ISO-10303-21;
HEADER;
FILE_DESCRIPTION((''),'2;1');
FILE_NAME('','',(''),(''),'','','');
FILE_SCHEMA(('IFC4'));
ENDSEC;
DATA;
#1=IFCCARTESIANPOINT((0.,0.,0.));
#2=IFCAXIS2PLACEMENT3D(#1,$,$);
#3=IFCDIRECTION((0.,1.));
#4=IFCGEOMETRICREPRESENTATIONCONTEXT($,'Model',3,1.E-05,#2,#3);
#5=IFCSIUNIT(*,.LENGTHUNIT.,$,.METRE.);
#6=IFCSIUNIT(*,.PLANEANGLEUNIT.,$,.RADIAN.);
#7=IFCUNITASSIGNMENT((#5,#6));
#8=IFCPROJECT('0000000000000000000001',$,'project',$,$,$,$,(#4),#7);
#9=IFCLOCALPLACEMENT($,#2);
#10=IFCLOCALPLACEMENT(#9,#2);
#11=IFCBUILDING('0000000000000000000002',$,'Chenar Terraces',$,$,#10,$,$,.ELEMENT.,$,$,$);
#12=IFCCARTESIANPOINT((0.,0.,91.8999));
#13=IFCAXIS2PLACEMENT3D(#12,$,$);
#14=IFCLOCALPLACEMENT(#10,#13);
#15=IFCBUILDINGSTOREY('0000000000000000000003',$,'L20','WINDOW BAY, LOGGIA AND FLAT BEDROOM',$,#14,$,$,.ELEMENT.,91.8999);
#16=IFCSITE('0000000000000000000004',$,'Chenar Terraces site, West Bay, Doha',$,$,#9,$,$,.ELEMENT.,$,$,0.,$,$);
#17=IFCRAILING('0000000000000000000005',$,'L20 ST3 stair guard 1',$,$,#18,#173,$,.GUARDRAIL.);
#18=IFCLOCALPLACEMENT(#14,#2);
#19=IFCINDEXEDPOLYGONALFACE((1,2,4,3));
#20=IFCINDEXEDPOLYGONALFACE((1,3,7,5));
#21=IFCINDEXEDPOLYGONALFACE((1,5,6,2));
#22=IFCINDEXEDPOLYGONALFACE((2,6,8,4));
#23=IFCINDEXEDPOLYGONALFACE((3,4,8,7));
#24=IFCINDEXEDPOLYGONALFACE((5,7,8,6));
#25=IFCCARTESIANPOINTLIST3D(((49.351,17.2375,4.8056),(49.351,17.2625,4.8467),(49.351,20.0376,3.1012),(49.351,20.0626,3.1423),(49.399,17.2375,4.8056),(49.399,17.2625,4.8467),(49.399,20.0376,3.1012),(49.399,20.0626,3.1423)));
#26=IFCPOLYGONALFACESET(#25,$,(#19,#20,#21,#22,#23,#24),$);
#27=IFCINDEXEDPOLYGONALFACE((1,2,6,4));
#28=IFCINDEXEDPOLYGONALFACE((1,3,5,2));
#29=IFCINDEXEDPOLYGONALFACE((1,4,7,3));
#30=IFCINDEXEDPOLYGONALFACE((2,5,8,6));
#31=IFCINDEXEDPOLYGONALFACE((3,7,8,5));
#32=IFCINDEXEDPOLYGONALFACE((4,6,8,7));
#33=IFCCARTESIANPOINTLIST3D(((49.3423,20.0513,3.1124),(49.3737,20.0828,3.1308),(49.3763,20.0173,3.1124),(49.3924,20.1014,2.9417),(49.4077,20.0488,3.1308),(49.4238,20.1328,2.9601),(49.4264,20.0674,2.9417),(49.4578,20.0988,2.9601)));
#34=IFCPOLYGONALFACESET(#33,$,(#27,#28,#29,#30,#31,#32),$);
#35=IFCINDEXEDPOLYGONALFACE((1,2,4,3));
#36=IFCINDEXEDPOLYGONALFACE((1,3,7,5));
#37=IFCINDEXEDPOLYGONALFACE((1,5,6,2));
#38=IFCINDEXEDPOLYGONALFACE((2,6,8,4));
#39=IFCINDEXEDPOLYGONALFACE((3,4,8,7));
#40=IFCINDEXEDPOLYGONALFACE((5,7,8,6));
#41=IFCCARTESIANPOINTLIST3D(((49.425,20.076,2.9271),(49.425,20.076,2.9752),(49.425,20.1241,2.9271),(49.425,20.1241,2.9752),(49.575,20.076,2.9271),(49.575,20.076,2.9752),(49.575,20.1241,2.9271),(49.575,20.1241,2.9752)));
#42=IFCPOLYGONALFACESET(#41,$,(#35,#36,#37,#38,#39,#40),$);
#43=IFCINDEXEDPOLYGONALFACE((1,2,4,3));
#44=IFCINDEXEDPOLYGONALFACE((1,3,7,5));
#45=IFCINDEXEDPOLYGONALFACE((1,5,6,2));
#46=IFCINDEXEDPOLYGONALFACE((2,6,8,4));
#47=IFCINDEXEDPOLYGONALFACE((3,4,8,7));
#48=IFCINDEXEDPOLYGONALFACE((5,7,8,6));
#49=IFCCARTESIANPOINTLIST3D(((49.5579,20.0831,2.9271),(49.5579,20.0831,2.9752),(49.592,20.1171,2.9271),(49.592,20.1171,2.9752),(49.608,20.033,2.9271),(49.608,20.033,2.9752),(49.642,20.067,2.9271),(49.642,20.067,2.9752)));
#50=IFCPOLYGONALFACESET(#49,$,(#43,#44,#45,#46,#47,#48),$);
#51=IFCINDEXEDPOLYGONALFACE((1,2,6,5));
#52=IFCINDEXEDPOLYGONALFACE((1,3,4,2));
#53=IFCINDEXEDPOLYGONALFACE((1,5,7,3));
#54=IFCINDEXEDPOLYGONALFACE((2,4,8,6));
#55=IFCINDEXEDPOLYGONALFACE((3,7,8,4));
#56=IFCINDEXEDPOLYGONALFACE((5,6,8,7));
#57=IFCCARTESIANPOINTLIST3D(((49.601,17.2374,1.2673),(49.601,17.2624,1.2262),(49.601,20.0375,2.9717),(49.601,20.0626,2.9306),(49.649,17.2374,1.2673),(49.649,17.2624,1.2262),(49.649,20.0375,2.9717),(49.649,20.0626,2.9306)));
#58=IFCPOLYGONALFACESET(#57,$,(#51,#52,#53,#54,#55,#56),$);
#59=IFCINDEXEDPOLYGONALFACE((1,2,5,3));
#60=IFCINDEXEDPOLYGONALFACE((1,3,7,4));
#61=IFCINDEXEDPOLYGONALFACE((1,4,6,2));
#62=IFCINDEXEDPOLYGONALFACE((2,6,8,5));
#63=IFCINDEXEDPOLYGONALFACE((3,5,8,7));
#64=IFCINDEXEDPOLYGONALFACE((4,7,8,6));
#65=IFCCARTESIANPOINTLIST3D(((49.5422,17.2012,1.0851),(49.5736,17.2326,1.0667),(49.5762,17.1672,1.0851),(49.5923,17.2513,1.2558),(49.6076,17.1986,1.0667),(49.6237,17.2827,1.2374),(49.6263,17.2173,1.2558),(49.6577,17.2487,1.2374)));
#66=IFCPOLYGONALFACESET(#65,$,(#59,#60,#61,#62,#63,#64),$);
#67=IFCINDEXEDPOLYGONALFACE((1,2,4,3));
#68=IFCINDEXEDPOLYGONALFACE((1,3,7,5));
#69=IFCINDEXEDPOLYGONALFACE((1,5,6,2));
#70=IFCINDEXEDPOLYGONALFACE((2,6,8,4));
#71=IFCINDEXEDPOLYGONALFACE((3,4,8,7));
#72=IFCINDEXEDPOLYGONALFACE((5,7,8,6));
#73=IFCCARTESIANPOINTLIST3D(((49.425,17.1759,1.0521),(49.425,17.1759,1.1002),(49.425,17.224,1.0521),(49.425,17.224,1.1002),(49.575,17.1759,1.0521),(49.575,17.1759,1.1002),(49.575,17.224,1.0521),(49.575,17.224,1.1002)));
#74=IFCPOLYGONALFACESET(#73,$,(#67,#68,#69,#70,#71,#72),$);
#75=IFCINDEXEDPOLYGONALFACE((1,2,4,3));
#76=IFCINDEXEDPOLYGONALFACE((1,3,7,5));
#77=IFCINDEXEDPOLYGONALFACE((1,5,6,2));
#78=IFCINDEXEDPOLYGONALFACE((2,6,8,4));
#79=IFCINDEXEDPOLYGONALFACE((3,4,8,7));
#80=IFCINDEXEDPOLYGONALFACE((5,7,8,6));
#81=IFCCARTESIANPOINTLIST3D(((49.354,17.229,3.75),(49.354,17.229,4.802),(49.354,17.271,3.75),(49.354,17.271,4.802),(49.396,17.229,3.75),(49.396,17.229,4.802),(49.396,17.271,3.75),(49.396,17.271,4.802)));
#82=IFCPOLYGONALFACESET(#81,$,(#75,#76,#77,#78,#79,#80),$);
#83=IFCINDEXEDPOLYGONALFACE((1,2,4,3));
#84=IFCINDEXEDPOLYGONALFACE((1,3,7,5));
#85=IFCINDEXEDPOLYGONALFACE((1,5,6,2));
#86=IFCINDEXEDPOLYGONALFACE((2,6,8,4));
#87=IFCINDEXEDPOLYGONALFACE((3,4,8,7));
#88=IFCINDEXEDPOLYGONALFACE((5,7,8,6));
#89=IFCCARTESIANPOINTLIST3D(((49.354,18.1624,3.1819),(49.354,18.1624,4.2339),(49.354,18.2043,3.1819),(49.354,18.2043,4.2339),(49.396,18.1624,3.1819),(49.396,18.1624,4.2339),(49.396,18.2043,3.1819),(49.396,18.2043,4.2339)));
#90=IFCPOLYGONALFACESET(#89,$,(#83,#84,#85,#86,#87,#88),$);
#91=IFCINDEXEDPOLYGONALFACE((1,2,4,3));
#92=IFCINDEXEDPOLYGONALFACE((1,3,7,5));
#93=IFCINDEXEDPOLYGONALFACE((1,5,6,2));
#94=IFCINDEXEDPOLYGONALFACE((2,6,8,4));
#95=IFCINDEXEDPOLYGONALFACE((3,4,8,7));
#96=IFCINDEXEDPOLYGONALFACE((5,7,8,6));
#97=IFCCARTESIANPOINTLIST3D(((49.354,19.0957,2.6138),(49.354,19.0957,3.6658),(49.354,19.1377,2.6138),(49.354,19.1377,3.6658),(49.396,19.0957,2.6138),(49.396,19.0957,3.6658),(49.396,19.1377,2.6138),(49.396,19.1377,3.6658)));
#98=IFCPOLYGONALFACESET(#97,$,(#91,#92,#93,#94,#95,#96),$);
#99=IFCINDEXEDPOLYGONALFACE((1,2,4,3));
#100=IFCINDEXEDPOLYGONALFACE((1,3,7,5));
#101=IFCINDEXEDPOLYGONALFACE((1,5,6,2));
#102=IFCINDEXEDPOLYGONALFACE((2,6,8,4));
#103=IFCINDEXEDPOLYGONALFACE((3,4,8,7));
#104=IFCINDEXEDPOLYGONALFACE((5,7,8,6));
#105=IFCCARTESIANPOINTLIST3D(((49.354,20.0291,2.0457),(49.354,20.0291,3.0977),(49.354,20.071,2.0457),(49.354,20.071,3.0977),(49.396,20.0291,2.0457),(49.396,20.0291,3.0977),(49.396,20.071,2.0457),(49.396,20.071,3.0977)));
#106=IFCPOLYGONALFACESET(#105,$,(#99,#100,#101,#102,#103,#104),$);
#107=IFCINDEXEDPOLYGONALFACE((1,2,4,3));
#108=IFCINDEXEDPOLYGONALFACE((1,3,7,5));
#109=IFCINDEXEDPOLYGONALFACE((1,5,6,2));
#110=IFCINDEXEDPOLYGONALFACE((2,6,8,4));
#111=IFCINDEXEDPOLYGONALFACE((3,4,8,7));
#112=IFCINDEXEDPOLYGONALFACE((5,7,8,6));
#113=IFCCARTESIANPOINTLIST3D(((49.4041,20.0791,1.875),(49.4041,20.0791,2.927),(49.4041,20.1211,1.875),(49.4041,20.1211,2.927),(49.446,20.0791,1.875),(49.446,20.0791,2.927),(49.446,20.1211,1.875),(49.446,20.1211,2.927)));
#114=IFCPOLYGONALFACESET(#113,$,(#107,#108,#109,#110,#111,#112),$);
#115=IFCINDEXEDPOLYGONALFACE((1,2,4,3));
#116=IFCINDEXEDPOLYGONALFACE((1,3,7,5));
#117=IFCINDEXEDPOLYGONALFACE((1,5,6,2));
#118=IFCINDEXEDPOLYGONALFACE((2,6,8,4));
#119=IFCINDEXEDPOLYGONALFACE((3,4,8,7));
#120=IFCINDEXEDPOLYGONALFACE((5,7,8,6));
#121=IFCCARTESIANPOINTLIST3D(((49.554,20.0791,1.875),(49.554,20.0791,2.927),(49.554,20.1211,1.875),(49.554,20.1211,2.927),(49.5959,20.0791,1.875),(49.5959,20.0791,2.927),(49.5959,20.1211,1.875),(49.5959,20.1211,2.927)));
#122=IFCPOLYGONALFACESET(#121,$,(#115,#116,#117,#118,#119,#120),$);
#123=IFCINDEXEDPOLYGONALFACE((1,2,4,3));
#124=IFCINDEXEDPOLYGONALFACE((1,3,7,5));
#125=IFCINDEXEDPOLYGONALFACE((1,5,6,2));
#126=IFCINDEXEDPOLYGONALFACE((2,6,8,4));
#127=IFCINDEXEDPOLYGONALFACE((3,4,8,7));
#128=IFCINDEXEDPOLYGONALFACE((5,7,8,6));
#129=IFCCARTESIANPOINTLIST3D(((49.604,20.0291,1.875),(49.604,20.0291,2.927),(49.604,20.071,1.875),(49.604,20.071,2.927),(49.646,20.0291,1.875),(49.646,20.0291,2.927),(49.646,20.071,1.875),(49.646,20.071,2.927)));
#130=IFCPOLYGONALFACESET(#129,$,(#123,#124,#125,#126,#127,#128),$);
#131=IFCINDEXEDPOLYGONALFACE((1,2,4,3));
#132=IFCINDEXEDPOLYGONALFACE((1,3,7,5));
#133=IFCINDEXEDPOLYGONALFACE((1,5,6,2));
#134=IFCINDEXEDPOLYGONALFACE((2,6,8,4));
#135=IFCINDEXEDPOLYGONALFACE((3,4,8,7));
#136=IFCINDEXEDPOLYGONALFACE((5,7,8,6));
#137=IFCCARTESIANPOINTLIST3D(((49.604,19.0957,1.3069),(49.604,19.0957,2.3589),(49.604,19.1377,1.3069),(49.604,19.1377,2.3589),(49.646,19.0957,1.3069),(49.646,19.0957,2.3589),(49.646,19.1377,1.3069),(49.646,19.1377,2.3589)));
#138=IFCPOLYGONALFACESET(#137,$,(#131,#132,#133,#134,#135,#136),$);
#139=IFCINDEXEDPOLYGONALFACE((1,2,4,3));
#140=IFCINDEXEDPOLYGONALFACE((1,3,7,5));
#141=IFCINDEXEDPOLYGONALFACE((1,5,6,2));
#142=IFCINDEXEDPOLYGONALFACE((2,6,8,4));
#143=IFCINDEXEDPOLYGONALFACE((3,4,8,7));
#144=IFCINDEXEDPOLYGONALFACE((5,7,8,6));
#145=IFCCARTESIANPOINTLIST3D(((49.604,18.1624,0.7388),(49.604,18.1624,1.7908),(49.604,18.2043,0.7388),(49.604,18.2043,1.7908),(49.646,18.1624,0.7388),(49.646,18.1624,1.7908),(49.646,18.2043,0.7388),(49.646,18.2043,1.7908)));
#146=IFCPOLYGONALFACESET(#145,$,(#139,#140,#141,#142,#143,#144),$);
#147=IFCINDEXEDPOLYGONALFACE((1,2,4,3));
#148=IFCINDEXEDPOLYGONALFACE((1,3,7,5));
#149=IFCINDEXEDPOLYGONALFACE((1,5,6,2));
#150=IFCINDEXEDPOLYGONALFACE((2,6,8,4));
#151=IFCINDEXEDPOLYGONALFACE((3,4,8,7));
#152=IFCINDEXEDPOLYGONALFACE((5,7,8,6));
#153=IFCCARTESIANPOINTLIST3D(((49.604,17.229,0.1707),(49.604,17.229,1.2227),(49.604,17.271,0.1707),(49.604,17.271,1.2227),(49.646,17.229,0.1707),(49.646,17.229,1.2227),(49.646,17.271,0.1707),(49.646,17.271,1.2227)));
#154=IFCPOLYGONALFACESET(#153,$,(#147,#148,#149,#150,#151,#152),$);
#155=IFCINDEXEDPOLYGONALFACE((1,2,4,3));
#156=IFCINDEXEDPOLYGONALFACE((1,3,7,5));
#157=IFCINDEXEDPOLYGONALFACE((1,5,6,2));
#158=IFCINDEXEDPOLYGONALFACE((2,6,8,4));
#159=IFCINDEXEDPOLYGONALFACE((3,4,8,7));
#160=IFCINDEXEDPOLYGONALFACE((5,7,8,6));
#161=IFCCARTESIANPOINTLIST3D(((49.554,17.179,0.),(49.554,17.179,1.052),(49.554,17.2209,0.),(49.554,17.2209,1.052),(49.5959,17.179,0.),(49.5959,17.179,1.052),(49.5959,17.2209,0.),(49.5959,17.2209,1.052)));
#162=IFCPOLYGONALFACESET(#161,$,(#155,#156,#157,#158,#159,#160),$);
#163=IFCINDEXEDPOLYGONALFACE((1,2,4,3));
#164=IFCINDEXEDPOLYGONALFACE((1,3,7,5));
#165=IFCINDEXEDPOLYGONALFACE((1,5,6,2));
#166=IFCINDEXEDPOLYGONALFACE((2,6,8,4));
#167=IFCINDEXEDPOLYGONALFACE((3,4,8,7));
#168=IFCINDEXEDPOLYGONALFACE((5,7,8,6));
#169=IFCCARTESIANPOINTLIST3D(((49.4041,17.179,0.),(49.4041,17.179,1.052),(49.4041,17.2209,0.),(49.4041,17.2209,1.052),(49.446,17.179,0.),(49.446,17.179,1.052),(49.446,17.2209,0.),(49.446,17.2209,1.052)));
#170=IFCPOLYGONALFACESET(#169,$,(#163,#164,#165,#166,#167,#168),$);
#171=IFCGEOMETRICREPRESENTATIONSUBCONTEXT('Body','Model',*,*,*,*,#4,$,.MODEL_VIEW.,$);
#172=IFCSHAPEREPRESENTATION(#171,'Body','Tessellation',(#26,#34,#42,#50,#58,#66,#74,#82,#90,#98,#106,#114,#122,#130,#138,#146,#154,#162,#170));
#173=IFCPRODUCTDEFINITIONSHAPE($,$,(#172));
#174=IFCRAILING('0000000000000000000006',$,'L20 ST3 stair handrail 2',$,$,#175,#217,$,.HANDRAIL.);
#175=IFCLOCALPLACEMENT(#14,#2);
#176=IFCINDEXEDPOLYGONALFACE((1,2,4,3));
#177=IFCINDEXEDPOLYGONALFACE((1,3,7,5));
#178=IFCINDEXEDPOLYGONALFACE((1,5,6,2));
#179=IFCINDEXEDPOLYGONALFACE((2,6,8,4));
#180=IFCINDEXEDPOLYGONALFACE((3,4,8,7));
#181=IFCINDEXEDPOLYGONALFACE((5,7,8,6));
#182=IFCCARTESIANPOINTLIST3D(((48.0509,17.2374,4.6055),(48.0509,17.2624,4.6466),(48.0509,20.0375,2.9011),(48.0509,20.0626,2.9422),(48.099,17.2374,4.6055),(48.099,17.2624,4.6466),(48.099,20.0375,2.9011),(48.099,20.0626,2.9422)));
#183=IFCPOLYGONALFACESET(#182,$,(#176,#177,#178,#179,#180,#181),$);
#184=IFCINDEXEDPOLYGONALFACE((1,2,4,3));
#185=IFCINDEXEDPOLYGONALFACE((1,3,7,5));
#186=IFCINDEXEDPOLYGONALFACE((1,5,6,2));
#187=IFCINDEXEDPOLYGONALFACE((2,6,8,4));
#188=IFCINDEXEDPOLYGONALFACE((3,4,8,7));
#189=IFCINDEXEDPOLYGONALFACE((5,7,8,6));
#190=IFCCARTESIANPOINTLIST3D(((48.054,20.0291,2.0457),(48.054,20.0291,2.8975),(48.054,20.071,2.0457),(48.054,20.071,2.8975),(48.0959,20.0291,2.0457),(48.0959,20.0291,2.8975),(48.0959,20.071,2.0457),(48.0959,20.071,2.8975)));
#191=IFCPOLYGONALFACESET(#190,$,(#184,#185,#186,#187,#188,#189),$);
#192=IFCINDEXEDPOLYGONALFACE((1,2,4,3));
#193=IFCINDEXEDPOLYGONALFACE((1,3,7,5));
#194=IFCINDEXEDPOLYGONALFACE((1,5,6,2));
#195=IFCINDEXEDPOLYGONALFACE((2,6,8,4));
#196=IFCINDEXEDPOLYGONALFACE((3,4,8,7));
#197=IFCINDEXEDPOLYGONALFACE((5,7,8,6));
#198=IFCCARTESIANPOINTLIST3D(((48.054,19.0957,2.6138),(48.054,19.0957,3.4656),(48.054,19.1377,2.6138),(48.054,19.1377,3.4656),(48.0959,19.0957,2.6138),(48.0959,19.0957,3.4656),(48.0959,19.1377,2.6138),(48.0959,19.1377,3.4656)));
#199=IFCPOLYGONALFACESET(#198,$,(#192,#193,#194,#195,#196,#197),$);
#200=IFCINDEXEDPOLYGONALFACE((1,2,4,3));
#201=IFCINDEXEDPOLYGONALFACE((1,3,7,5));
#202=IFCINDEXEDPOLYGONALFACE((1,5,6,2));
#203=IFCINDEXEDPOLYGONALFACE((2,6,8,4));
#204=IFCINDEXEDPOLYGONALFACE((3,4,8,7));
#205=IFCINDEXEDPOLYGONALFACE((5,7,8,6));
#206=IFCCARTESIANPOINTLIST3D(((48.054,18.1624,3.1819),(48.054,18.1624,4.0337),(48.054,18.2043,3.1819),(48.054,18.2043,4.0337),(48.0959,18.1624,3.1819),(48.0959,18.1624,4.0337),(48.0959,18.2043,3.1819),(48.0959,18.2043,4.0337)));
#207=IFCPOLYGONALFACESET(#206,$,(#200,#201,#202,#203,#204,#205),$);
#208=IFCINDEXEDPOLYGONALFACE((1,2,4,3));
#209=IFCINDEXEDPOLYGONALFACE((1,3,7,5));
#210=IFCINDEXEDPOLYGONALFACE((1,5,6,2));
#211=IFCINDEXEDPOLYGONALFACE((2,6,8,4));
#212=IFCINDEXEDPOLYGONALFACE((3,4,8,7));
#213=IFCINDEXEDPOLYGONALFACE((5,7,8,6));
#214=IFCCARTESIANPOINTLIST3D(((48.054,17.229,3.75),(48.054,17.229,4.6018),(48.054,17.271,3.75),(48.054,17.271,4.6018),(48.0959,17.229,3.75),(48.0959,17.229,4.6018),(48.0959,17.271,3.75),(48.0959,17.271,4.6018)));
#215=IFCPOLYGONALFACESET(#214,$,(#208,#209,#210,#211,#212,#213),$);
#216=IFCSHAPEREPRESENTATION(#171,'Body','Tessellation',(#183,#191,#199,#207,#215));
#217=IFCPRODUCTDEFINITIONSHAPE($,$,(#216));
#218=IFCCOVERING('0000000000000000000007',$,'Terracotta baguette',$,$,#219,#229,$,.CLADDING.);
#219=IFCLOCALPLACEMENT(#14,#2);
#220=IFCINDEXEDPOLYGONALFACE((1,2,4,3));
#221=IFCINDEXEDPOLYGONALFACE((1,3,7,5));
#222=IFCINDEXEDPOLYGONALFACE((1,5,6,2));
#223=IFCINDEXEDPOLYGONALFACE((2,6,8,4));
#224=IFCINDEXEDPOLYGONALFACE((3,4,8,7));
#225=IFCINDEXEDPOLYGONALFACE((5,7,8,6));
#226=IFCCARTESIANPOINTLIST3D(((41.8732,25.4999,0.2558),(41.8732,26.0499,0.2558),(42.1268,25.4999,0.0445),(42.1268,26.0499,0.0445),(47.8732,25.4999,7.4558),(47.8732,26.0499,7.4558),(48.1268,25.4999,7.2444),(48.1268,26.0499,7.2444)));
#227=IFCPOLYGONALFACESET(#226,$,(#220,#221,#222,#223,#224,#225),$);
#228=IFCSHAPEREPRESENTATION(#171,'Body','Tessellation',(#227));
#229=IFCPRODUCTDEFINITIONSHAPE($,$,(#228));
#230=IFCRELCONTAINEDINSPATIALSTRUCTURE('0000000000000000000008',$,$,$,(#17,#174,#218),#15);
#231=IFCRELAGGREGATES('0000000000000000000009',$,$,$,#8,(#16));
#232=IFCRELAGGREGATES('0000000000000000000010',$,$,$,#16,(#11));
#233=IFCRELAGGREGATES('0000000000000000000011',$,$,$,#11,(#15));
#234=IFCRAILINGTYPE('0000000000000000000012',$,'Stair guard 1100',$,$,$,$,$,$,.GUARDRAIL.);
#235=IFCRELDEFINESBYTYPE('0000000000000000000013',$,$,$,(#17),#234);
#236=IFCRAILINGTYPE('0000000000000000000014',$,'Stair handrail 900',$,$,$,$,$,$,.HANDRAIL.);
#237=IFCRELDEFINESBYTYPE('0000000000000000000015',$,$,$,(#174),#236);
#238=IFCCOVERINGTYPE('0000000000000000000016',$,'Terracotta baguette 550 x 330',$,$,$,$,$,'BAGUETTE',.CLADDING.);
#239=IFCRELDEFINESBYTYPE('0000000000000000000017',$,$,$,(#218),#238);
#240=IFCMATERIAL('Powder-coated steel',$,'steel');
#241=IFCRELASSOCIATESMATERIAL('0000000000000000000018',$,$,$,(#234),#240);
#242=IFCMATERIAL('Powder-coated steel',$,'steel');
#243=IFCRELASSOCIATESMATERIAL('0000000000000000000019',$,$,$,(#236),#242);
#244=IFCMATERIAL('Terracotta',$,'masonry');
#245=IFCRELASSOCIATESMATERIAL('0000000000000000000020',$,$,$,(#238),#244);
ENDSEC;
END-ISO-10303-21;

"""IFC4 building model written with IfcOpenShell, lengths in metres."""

from ifc_helpers import new_model, si_unit, direction, frame, origin, origin_2d, place, context, subcontext, project, spatial, rectangle, extrude, material, material_profile, profile_set, type_object, element, save


model = new_model("IFC4")

# Units and contexts
model_context = context("Model", 3, precision=1e-05, world=origin(), true_north=direction((0.0, 1.0)))
body_context = subcontext(model_context, "Body", "Model", "MODEL_VIEW")
ifc_project = project(units=[si_unit("LENGTHUNIT", "METRE"), si_unit("PLANEANGLEUNIT", "RADIAN")], contexts=[model_context])

# Site, building, storey
site_placement = place(None, origin())
site = spatial("IfcSite", under=ifc_project, at=site_placement, Name="Chenar Terraces site, West Bay, Doha", CompositionType="ELEMENT", RefElevation=0.0)
building_placement = place(site_placement, origin())
building = spatial("IfcBuilding", under=site, at=building_placement, Name="Chenar Terraces", CompositionType="ELEMENT")
storey_placement = place(building_placement, frame((0.0, 0.0, 91.8999)))
storey = spatial("IfcBuildingStorey", under=building, at=storey_placement, Name="L20", Description="WINDOW BAY, LOGGIA AND FLAT BEDROOM", CompositionType="ELEMENT", Elevation=91.8999)

# Railings
ifc_material_1 = material(Name="Powder-coated steel", Category="steel")
railing_type_1 = type_object("IfcRailingType", Name="Stair guard 1100", PredefinedType="GUARDRAIL", material=ifc_material_1)
railing_1_placement = place(storey_placement, frame((49.375, 17.25, 3.75)))
element("IfcRailing", 1, at=railing_1_placement, inside=storey, type_object=railing_type_1, Name="L20 ST3 stair guard 1", PredefinedType="GUARDRAIL", context=body_context, shape_type="SweptSolid", body=[
    extrude(rectangle(XDim=0.0481, YDim=0.0481, at=origin_2d()), frame((0.0, 0.0, 1.0762), z_axis=(0.0, 0.854203, -0.51994), x_axis=(-1.0, 0.0, 0.0)), (0.0, 0.0, 1.0), 3.2781),
    extrude(rectangle(XDim=0.0481, YDim=0.0481, at=origin_2d()), frame((0.0, 2.8, -0.6284), z_axis=(0.2709, 0.2709, -0.923703), x_axis=(-0.707107, 0.707107, 0.0)), (0.0, 0.0, 1.0), 0.1848),
    extrude(rectangle(XDim=0.0481, YDim=0.0481, at=origin_2d()), frame((0.05, 2.8501, -0.7988), z_axis=(1.0, 0.0, 0.0), x_axis=(0.0, 1.0, 0.0)), (0.0, 0.0, 1.0), 0.1499),
    extrude(rectangle(XDim=0.0481, YDim=0.0481, at=origin_2d()), frame((0.2, 2.8501, -0.7988), z_axis=(0.707107, -0.707107, 0.0), x_axis=(0.707107, 0.707107, 0.0)), (0.0, 0.0, 1.0), 0.0708),
    extrude(rectangle(XDim=0.0481, YDim=0.0481, at=origin_2d()), frame((0.25, 2.8, -0.7988), z_axis=(0.0, -0.854203, -0.51994), x_axis=(1.0, 0.0, 0.0)), (0.0, 0.0, 1.0), 3.2781),
    extrude(rectangle(XDim=0.0481, YDim=0.0481, at=origin_2d()), frame((0.25, 0.0, -2.5034), z_axis=(-0.2709, -0.2709, -0.923703), x_axis=(0.707107, -0.707107, 0.0)), (0.0, 0.0, 1.0), 0.1848),
    extrude(rectangle(XDim=0.0481, YDim=0.0481, at=origin_2d()), frame((0.2, -0.05, -2.6738), z_axis=(-1.0, 0.0, 0.0), x_axis=(0.0, -1.0, 0.0)), (0.0, 0.0, 1.0), 0.1499),
    extrude(rectangle(XDim=0.042, YDim=0.042, at=origin_2d()), origin(), (0.0, 0.0, 1.0), 1.052),
    extrude(rectangle(XDim=0.042, YDim=0.042, at=origin_2d()), frame((0.0, 0.9333, -0.5681)), (0.0, 0.0, 1.0), 1.052),
    extrude(rectangle(XDim=0.042, YDim=0.042, at=origin_2d()), frame((0.0, 1.8667, -1.1362)), (0.0, 0.0, 1.0), 1.052),
    extrude(rectangle(XDim=0.042, YDim=0.042, at=origin_2d()), frame((0.0, 2.8, -1.7043)), (0.0, 0.0, 1.0), 1.052),
    extrude(rectangle(XDim=0.042, YDim=0.042, at=origin_2d()), frame((0.05, 2.8501, -1.875)), (0.0, 0.0, 1.0), 1.052),
    extrude(rectangle(XDim=0.042, YDim=0.042, at=origin_2d()), frame((0.2, 2.8501, -1.875)), (0.0, 0.0, 1.0), 1.052),
    extrude(rectangle(XDim=0.042, YDim=0.042, at=origin_2d()), frame((0.25, 2.8, -1.875)), (0.0, 0.0, 1.0), 1.052),
    extrude(rectangle(XDim=0.042, YDim=0.042, at=origin_2d()), frame((0.25, 1.8667, -2.4431)), (0.0, 0.0, 1.0), 1.052),
    extrude(rectangle(XDim=0.042, YDim=0.042, at=origin_2d()), frame((0.25, 0.9333, -3.0112)), (0.0, 0.0, 1.0), 1.052),
    extrude(rectangle(XDim=0.042, YDim=0.042, at=origin_2d()), frame((0.25, 0.0, -3.5793)), (0.0, 0.0, 1.0), 1.052),
    extrude(rectangle(XDim=0.042, YDim=0.042, at=origin_2d()), frame((0.2, -0.05, -3.75)), (0.0, 0.0, 1.0), 1.052),
    extrude(rectangle(XDim=0.042, YDim=0.042, at=origin_2d()), frame((0.05, -0.05, -3.75)), (0.0, 0.0, 1.0), 1.052),
])
ifc_material_2 = material(Name="Powder-coated steel", Category="steel")
railing_type_2 = type_object("IfcRailingType", Name="Stair handrail 900", PredefinedType="HANDRAIL", material=ifc_material_2)
railing_2_placement = place(storey_placement, frame((48.075, 20.05, 2.0457)))
element("IfcRailing", 2, at=railing_2_placement, inside=storey, type_object=railing_type_2, Name="L20 ST3 stair handrail 2", PredefinedType="HANDRAIL", context=body_context, shape_type="SweptSolid", body=[
    extrude(rectangle(XDim=0.0481, YDim=0.0481, at=origin_2d()), frame((0.0, 0.0, 0.876), z_axis=(0.0, -0.854203, 0.51994), x_axis=(1.0, 0.0, 0.0)), (0.0, 0.0, 1.0), 3.2781),
    extrude(rectangle(XDim=0.042, YDim=0.042, at=origin_2d()), origin(), (0.0, 0.0, 1.0), 0.8518),
    extrude(rectangle(XDim=0.042, YDim=0.042, at=origin_2d()), frame((0.0, -0.9333, 0.5681)), (0.0, 0.0, 1.0), 0.8518),
    extrude(rectangle(XDim=0.042, YDim=0.042, at=origin_2d()), frame((0.0, -1.8667, 1.1362)), (0.0, 0.0, 1.0), 0.8518),
    extrude(rectangle(XDim=0.042, YDim=0.042, at=origin_2d()), frame((0.0, -2.8, 1.7043)), (0.0, 0.0, 1.0), 0.8518),
])

# Covering
ifc_material_3 = material(Name="Terracotta", Category="masonry")
ifc_material_profile_1 = material_profile(ifc_material_3, rectangle(XDim=0.55, YDim=0.3301, at=origin_2d()), Name="Terracotta baguette 550 x 330")
ifc_profile_set_1 = profile_set([ifc_material_profile_1], Name="Terracotta")
covering_type = type_object("IfcCoveringType", Name="Terracotta baguette 550 x 330", ElementType="BAGUETTE", PredefinedType="CLADDING", material=ifc_profile_set_1)
covering_placement = place(storey_placement, frame((48.0, 25.7749, 7.3501), z_axis=(-0.640187, 0.0, -0.768219), x_axis=(0.0, -1.0, 0.0)))
element("IfcCovering", 3, at=covering_placement, inside=storey, type_object=covering_type, Name="Terracotta baguette", PredefinedType="CLADDING", context=body_context, shape_type="SweptSolid", body=[
    extrude(rectangle(XDim=0.55, YDim=0.3301, at=origin_2d()), origin(), (0.0, 0.0, 1.0), 9.3723),
])

save(model, "model.ifc")
